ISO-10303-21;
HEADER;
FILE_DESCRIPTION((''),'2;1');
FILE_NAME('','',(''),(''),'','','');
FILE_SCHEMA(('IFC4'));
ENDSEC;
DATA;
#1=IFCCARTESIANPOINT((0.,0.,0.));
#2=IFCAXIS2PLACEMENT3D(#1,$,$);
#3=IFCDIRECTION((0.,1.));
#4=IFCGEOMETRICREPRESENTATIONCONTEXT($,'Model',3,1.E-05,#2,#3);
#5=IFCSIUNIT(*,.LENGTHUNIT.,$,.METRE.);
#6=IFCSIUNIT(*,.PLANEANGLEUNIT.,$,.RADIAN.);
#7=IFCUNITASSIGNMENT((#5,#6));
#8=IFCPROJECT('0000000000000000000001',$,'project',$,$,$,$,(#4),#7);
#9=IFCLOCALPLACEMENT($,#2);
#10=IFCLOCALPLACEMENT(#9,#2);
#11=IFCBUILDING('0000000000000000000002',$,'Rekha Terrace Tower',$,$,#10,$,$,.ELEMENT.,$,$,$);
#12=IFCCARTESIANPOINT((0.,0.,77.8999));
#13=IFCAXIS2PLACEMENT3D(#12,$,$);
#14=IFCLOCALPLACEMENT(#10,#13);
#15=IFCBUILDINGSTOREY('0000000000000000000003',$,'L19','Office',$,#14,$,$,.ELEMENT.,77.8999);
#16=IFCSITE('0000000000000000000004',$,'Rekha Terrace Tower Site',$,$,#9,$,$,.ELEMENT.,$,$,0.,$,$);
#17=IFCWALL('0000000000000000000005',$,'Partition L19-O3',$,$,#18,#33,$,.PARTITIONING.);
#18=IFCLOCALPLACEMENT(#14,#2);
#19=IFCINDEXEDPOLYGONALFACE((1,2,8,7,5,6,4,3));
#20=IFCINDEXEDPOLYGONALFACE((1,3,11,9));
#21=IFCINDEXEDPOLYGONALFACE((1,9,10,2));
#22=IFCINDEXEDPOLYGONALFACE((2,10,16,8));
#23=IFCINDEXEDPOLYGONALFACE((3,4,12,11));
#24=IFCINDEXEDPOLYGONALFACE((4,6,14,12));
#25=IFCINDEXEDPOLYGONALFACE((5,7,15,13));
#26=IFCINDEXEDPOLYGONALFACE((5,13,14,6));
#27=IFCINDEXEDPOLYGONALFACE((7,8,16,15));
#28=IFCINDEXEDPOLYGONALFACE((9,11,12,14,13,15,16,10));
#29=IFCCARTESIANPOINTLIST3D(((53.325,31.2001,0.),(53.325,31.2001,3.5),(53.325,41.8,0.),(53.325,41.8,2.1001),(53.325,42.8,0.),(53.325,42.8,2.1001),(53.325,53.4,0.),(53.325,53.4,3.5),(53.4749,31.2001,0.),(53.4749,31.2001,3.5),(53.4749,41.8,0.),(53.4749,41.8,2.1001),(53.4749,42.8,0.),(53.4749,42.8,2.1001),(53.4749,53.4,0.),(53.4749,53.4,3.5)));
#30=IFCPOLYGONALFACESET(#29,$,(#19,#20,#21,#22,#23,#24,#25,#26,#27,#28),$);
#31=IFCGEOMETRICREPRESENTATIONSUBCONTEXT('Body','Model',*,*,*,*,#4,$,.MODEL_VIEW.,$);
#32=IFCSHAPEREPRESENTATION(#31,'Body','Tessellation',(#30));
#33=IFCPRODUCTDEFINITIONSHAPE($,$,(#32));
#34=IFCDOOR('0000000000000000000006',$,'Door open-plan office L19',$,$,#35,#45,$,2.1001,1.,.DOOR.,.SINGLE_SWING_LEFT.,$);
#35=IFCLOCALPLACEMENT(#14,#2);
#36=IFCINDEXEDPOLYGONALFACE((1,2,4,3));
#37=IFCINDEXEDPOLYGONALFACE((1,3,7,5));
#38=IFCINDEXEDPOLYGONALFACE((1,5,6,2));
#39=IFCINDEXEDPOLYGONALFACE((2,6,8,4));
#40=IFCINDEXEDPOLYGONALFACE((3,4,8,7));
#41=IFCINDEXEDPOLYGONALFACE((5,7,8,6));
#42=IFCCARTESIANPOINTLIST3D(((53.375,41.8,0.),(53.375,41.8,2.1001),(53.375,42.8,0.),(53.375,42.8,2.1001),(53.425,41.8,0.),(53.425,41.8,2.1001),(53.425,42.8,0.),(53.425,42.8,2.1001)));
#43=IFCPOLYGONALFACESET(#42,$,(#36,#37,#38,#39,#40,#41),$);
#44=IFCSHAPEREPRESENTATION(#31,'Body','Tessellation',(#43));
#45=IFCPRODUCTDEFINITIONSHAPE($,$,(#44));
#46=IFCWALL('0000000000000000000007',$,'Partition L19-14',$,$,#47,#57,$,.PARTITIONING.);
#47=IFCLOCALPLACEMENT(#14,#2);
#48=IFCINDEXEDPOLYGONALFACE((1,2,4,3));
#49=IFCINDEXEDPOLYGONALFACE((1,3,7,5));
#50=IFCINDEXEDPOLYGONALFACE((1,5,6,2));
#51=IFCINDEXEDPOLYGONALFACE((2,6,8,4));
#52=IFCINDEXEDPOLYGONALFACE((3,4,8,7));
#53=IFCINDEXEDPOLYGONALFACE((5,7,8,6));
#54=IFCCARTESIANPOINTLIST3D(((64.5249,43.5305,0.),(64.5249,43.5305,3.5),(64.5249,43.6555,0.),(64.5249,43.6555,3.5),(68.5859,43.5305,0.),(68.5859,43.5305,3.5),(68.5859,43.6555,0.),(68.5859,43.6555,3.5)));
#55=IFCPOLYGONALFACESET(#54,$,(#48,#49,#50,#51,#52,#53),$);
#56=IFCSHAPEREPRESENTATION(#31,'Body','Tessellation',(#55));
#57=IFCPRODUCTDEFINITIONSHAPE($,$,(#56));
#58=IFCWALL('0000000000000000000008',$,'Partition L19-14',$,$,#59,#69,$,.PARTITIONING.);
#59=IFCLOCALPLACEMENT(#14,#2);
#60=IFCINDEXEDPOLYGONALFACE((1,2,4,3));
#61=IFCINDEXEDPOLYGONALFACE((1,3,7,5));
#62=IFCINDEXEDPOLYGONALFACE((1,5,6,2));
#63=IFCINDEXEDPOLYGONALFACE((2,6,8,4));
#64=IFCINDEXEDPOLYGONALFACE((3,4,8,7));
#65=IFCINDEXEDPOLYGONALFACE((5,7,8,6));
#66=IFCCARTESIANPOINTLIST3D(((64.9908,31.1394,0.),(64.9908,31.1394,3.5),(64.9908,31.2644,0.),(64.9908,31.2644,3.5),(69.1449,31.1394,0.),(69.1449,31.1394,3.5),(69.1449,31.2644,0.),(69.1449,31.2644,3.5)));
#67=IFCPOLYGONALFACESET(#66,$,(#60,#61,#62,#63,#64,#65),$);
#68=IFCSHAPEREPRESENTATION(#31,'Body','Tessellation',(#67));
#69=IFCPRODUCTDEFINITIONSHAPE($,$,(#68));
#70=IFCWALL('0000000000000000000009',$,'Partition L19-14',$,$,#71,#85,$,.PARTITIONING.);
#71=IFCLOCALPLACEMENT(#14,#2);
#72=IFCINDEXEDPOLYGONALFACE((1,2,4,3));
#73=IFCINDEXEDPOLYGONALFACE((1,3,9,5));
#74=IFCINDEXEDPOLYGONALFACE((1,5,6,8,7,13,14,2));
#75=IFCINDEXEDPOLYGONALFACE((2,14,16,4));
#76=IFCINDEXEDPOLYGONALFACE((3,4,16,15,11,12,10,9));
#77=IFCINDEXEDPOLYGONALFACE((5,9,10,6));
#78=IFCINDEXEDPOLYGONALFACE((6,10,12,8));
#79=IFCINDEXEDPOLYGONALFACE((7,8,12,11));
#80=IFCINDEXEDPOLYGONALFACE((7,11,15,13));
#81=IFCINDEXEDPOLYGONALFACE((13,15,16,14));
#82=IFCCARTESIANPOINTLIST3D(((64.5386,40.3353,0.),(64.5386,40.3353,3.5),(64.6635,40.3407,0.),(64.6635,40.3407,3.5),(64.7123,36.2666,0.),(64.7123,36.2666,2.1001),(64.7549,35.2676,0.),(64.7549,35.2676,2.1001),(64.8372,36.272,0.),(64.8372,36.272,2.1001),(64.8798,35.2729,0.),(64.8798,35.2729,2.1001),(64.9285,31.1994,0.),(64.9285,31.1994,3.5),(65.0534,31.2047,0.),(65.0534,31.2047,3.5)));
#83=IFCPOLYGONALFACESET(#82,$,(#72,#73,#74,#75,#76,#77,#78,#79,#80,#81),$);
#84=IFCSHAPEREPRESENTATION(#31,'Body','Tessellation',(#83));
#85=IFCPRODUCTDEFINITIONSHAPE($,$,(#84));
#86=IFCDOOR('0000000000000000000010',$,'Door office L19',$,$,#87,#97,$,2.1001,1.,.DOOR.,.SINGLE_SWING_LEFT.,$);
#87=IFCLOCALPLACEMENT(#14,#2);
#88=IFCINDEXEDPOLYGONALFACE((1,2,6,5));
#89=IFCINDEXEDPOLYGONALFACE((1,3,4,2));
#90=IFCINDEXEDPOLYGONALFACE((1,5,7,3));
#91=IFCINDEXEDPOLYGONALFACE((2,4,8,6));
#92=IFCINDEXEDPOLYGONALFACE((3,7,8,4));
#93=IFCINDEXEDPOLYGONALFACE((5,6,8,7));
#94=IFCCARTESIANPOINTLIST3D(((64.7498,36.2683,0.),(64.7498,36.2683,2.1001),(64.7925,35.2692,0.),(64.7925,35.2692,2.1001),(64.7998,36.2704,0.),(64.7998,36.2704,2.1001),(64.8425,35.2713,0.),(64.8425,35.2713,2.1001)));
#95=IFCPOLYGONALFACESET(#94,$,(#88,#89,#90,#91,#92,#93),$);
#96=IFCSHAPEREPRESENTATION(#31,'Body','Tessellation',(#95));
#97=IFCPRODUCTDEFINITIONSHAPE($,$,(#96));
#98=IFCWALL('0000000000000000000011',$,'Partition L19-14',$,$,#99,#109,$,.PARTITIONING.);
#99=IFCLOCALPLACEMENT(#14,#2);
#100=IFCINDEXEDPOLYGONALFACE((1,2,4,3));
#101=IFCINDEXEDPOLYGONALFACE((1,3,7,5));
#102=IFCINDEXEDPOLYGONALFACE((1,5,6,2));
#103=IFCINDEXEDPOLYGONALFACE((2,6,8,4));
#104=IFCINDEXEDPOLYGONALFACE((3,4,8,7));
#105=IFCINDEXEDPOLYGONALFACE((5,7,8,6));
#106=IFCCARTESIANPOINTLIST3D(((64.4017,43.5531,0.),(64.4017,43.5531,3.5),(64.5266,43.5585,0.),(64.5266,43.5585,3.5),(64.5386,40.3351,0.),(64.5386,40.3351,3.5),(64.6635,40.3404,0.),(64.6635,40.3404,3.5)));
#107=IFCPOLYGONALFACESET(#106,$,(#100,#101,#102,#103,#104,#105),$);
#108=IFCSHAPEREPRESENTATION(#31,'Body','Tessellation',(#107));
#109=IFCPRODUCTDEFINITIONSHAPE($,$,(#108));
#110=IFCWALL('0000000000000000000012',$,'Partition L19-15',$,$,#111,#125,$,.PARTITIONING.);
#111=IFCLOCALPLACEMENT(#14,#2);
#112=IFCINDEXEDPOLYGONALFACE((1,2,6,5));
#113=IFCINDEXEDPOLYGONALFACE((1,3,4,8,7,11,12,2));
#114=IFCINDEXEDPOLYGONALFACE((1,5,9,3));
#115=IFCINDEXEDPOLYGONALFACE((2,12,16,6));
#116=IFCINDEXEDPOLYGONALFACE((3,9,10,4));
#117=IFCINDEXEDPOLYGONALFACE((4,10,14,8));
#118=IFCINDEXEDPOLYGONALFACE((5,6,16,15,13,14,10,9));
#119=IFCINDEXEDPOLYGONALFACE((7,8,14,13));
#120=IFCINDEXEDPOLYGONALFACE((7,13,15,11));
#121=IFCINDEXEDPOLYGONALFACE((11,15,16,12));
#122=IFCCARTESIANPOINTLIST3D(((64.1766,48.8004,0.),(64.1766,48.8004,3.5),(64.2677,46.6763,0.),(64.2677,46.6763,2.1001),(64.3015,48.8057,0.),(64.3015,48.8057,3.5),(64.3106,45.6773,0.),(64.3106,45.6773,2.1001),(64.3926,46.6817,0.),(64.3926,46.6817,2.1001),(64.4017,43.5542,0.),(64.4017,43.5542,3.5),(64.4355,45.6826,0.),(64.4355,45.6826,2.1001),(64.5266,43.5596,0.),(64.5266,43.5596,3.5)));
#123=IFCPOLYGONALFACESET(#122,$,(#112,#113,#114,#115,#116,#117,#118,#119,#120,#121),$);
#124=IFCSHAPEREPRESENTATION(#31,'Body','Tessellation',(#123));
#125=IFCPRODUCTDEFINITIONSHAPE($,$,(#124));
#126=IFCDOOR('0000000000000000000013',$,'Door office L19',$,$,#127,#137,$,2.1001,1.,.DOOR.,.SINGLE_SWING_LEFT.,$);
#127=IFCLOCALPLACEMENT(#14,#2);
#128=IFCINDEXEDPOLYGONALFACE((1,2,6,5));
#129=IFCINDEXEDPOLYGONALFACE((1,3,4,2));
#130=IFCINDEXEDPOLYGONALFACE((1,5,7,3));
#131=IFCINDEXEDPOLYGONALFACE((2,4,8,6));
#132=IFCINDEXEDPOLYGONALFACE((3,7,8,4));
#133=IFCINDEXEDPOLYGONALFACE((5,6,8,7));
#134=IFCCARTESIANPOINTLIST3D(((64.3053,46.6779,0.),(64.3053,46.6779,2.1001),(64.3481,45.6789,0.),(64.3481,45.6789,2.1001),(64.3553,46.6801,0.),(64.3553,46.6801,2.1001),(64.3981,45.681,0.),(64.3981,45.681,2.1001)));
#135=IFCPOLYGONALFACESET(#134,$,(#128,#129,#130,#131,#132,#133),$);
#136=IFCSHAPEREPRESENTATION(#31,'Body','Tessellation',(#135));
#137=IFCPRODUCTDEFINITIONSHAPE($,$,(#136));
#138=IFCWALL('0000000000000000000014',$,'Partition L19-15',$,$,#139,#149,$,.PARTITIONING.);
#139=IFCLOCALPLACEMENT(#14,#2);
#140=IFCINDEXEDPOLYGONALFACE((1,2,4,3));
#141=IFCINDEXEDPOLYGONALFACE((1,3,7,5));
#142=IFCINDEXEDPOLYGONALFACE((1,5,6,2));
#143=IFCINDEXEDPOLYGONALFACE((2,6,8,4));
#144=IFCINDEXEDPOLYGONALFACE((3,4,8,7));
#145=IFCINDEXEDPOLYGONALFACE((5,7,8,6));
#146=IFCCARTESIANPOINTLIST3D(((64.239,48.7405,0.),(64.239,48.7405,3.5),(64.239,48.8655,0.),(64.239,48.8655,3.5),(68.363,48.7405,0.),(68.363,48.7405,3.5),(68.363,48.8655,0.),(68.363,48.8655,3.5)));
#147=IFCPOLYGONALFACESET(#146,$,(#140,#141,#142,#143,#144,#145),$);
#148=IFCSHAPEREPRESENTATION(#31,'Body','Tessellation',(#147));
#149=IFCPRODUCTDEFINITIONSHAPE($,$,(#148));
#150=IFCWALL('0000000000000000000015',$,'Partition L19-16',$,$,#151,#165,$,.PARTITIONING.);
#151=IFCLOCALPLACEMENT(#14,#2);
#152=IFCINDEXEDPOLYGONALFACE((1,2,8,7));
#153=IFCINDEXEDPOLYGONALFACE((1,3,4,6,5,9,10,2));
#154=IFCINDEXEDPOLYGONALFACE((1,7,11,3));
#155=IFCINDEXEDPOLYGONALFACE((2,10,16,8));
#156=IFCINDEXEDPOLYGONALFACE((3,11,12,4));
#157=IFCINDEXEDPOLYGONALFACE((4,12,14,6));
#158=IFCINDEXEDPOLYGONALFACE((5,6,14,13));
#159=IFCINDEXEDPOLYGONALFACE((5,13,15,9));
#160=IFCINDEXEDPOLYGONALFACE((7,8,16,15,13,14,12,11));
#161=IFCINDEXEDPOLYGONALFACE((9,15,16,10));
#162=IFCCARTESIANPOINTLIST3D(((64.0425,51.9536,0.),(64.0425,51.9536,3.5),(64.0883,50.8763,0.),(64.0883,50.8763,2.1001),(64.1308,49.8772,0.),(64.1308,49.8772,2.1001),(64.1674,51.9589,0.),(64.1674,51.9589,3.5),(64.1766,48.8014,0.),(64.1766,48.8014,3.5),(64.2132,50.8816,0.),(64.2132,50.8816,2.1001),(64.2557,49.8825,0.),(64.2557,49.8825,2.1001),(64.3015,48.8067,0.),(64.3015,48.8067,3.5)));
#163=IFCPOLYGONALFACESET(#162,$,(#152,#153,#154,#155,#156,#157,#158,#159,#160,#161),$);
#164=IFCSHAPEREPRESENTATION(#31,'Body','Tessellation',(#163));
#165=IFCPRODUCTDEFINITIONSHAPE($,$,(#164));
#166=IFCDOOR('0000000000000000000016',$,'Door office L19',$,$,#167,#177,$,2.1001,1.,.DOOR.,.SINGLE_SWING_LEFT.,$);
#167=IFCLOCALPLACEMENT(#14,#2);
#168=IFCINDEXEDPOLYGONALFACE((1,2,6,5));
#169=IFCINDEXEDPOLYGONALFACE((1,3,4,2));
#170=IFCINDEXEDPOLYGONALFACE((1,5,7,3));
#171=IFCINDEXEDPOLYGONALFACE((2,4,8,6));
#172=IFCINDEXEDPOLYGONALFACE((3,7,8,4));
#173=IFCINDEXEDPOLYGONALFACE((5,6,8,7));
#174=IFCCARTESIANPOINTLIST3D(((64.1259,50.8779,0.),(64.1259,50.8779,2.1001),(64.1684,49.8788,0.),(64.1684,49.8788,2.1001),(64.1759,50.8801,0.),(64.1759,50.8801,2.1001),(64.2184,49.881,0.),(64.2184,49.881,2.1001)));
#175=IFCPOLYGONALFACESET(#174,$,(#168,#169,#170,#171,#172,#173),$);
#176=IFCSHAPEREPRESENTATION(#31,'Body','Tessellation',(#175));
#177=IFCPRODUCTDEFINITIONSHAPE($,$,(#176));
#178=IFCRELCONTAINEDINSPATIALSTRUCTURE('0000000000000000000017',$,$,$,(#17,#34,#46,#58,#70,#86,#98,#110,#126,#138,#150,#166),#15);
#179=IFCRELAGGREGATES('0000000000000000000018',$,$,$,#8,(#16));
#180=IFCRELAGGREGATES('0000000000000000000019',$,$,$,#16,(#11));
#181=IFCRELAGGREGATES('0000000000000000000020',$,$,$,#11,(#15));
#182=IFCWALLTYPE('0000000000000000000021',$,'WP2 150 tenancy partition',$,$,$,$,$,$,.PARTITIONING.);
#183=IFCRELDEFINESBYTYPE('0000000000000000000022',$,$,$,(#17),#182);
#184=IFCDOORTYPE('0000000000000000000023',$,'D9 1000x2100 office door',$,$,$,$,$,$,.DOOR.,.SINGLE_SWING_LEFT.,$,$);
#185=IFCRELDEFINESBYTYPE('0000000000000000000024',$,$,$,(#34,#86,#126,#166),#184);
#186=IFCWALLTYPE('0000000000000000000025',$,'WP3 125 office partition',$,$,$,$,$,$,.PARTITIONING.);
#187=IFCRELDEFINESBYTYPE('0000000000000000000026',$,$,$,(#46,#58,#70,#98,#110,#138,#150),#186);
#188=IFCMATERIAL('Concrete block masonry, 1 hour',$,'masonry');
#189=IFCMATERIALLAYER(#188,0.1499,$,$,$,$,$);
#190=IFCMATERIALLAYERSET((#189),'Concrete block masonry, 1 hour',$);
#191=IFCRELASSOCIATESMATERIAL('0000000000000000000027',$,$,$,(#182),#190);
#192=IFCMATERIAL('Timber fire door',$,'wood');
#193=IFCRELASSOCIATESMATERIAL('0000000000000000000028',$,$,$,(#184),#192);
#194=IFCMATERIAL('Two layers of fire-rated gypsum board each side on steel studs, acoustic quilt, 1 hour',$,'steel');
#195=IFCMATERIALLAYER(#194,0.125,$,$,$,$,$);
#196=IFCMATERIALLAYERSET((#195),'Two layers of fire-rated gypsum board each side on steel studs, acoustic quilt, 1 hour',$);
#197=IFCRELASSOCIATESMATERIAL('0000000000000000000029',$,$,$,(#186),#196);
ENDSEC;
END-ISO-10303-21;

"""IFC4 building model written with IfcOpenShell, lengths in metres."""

from ifc_helpers import new_model, si_unit, direction, frame, frame_2d, origin, place, context, subcontext, project, spatial, rectangle, extrude, material, layer, layer_set, type_object, element, fill, save


model = new_model("IFC4")

# Units and contexts
model_context = context("Model", 3, precision=1e-05, world=origin(), true_north=direction((0.0, 1.0)))
body_context = subcontext(model_context, "Body", "Model", "MODEL_VIEW")
ifc_project = project(units=[si_unit("LENGTHUNIT", "METRE"), si_unit("PLANEANGLEUNIT", "RADIAN")], contexts=[model_context])

# Site, building, storey
site_placement = place(None, origin())
site = spatial("IfcSite", under=ifc_project, at=site_placement, Name="Rekha Terrace Tower Site", CompositionType="ELEMENT", RefElevation=0.0)
building_placement = place(site_placement, origin())
building = spatial("IfcBuilding", under=site, at=building_placement, Name="Rekha Terrace Tower", CompositionType="ELEMENT")
storey_placement = place(building_placement, frame((0.0, 0.0, 77.8999)))
storey = spatial("IfcBuildingStorey", under=building, at=storey_placement, Name="L19", Description="Office", CompositionType="ELEMENT", Elevation=77.8999)

# Shared definitions
ifc_material_1 = material(Name="Concrete block masonry, 1 hour", Category="masonry")
ifc_layer_1 = layer(ifc_material_1, 0.1499)
ifc_layer_set_1 = layer_set([ifc_layer_1], Name="Concrete block masonry, 1 hour")
wall_type_1 = type_object("IfcWallType", Name="WP2 150 tenancy partition", PredefinedType="PARTITIONING", material=ifc_layer_set_1)

# Wall, opening, door
wall_1_placement = place(storey_placement, frame((53.3999, 31.2, 0.0), z_axis=(0.0, 0.0, 1.0), x_axis=(0.0, 1.0, 0.0)))
wall_1 = element("IfcWall", 1, at=wall_1_placement, inside=storey, type_object=wall_type_1, Name="Partition L19-O3", PredefinedType="PARTITIONING", context=body_context, shape_type="SweptSolid", body=[
    extrude(rectangle(XDim=22.2, YDim=0.1499, at=frame_2d((11.1001, 0.0))), origin(), (0.0, 0.0, 1.0), 3.5),
])
opening_1_placement = place(wall_1_placement, frame((10.6001, 0.0, 0.0)))
opening_1 = element("IfcOpeningElement", 2, at=opening_1_placement, cuts=wall_1, PredefinedType="OPENING", context=body_context, shape_type="SweptSolid", body=[
    extrude(rectangle(XDim=1.0, YDim=2.1001, at=frame_2d((0.5, 1.05))), frame((0.0, 0.085, 0.0), z_axis=(0.0, -1.0, 0.0), x_axis=(1.0, 0.0, 0.0)), (0.0, 0.0, 1.0), 0.1699),
])
ifc_material_2 = material(Name="Timber fire door", Category="wood")
door_type = type_object("IfcDoorType", Name="D9 1000x2100 office door", OperationType="SINGLE_SWING_LEFT", PredefinedType="DOOR", material=ifc_material_2)
door_1_placement = place(opening_1_placement, origin())
door_1 = element("IfcDoor", 3, at=door_1_placement, inside=storey, type_object=door_type, Name="Door open-plan office L19", OperationType="SINGLE_SWING_LEFT", OverallHeight=2.1001, OverallWidth=1.0, PredefinedType="DOOR", context=body_context, shape_type="SweptSolid", body=[
    extrude(rectangle(XDim=1.0, YDim=2.1001, at=frame_2d((0.5, 1.05))), frame((0.0, 0.0249, 0.0), z_axis=(0.0, -1.0, 0.0), x_axis=(1.0, 0.0, 0.0)), (0.0, 0.0, 1.0), 0.05),
])
fill(opening_1, door_1)

# Walls
ifc_material_3 = material(Name="Two layers of fire-rated gypsum board each side on steel studs, acoustic quilt, 1 hour", Category="steel")
ifc_layer_2 = layer(ifc_material_3, 0.125)
ifc_layer_set_2 = layer_set([ifc_layer_2], Name="Two layers of fire-rated gypsum board each side on steel studs, acoustic quilt, 1 hour")
wall_type_2 = type_object("IfcWallType", Name="WP3 125 office partition", PredefinedType="PARTITIONING", material=ifc_layer_set_2)
wall_2_placement = place(storey_placement, frame((64.5249, 43.593, 0.0), z_axis=(0.0, 0.0, 1.0), x_axis=(1.0, 0.0, 0.0)))
element("IfcWall", 4, at=wall_2_placement, inside=storey, type_object=wall_type_2, Name="Partition L19-14", PredefinedType="PARTITIONING", context=body_context, shape_type="SweptSolid", body=[
    extrude(rectangle(XDim=4.061, YDim=0.125, at=frame_2d((2.0305, 0.0))), origin(), (0.0, 0.0, 1.0), 3.5),
])
wall_3_placement = place(storey_placement, frame((69.145, 31.2019, 0.0), z_axis=(0.0, 0.0, 1.0), x_axis=(-1.0, 0.0, 0.0)))
element("IfcWall", 5, at=wall_3_placement, inside=storey, type_object=wall_type_2, Name="Partition L19-14", PredefinedType="PARTITIONING", context=body_context, shape_type="SweptSolid", body=[
    extrude(rectangle(XDim=4.1541, YDim=0.125, at=frame_2d((2.0771, 0.0))), origin(), (0.0, 0.0, 1.0), 3.5),
])

# Wall, opening, door
wall_4_placement = place(storey_placement, frame((64.991, 31.2019, 0.0), z_axis=(0.0, 0.0, 1.0), x_axis=(-0.042638, 0.999091, 0.0)))
wall_4 = element("IfcWall", 6, at=wall_4_placement, inside=storey, type_object=wall_type_2, Name="Partition L19-14", PredefinedType="PARTITIONING", context=body_context, shape_type="SweptSolid", body=[
    extrude(rectangle(XDim=9.1443, YDim=0.125, at=frame_2d((4.5723, 0.0))), origin(), (0.0, 0.0, 1.0), 3.5),
])
opening_2_placement = place(wall_4_placement, frame((4.072, 0.0, 0.0)))
opening_2 = element("IfcOpeningElement", 7, at=opening_2_placement, cuts=wall_4, PredefinedType="OPENING", context=body_context, shape_type="SweptSolid", body=[
    extrude(rectangle(XDim=1.0, YDim=2.1001, at=frame_2d((0.5, 1.05))), frame((0.0, 0.0725, 0.0), z_axis=(0.0, -1.0, 0.0), x_axis=(1.0, 0.0, 0.0)), (0.0, 0.0, 1.0), 0.145),
])
door_2_placement = place(opening_2_placement, origin())
door_2 = element("IfcDoor", 8, at=door_2_placement, inside=storey, type_object=door_type, Name="Door office L19", OperationType="SINGLE_SWING_LEFT", OverallHeight=2.1001, OverallWidth=1.0, PredefinedType="DOOR", context=body_context, shape_type="SweptSolid", body=[
    extrude(rectangle(XDim=1.0, YDim=2.1001, at=frame_2d((0.5, 1.05))), frame((0.0, 0.0249, 0.0), z_axis=(0.0, -1.0, 0.0), x_axis=(1.0, 0.0, 0.0)), (0.0, 0.0, 1.0), 0.05),
])
fill(opening_2, door_2)

# Wall
wall_5_placement = place(storey_placement, frame((64.6011, 40.3379, 0.0), z_axis=(0.0, 0.0, 1.0), x_axis=(-0.042523, 0.999095, 0.0)))
element("IfcWall", 9, at=wall_5_placement, inside=storey, type_object=wall_type_2, Name="Partition L19-14", PredefinedType="PARTITIONING", context=body_context, shape_type="SweptSolid", body=[
    extrude(rectangle(XDim=3.2209, YDim=0.125, at=frame_2d((1.6104, 0.0))), origin(), (0.0, 0.0, 1.0), 3.5),
])

# Wall, opening, door
wall_6_placement = place(storey_placement, frame((64.4641, 43.5569, 0.0), z_axis=(0.0, 0.0, 1.0), x_axis=(-0.042868, 0.999081, 0.0)))
wall_6 = element("IfcWall", 10, at=wall_6_placement, inside=storey, type_object=wall_type_2, Name="Partition L19-15", PredefinedType="PARTITIONING", context=body_context, shape_type="SweptSolid", body=[
    extrude(rectangle(XDim=5.251, YDim=0.125, at=frame_2d((2.6255, 0.0))), origin(), (0.0, 0.0, 1.0), 3.5),
])
opening_3_placement = place(wall_6_placement, frame((2.125, 0.0, 0.0)))
opening_3 = element("IfcOpeningElement", 11, at=opening_3_placement, cuts=wall_6, PredefinedType="OPENING", context=body_context, shape_type="SweptSolid", body=[
    extrude(rectangle(XDim=1.0, YDim=2.1001, at=frame_2d((0.5, 1.05))), frame((0.0, 0.0725, 0.0), z_axis=(0.0, -1.0, 0.0), x_axis=(1.0, 0.0, 0.0)), (0.0, 0.0, 1.0), 0.145),
])
door_3_placement = place(opening_3_placement, origin())
door_3 = element("IfcDoor", 12, at=door_3_placement, inside=storey, type_object=door_type, Name="Door office L19", OperationType="SINGLE_SWING_LEFT", OverallHeight=2.1001, OverallWidth=1.0, PredefinedType="DOOR", context=body_context, shape_type="SweptSolid", body=[
    extrude(rectangle(XDim=1.0, YDim=2.1001, at=frame_2d((0.5, 1.05))), frame((0.0, 0.0249, 0.0), z_axis=(0.0, -1.0, 0.0), x_axis=(1.0, 0.0, 0.0)), (0.0, 0.0, 1.0), 0.05),
])
fill(opening_3, door_3)

# Wall
wall_7_placement = place(storey_placement, frame((64.239, 48.803, 0.0), z_axis=(0.0, 0.0, 1.0), x_axis=(1.0, 0.0, 0.0)))
element("IfcWall", 13, at=wall_7_placement, inside=storey, type_object=wall_type_2, Name="Partition L19-15", PredefinedType="PARTITIONING", context=body_context, shape_type="SweptSolid", body=[
    extrude(rectangle(XDim=4.124, YDim=0.125, at=frame_2d((2.062, 0.0))), origin(), (0.0, 0.0, 1.0), 3.5),
])

# Wall, opening, door
wall_8_placement = place(storey_placement, frame((64.239, 48.804, 0.0), z_axis=(0.0, 0.0, 1.0), x_axis=(-0.042483, 0.999097, 0.0)))
wall_8 = element("IfcWall", 14, at=wall_8_placement, inside=storey, type_object=wall_type_2, Name="Partition L19-16", PredefinedType="PARTITIONING", context=body_context, shape_type="SweptSolid", body=[
    extrude(rectangle(XDim=3.155, YDim=0.125, at=frame_2d((1.5776, 0.0))), origin(), (0.0, 0.0, 1.0), 3.5),
])
opening_4_placement = place(wall_8_placement, frame((1.0769, 0.0, 0.0)))
opening_4 = element("IfcOpeningElement", 15, at=opening_4_placement, cuts=wall_8, PredefinedType="OPENING", context=body_context, shape_type="SweptSolid", body=[
    extrude(rectangle(XDim=1.0, YDim=2.1001, at=frame_2d((0.5, 1.05))), frame((0.0, 0.0725, 0.0), z_axis=(0.0, -1.0, 0.0), x_axis=(1.0, 0.0, 0.0)), (0.0, 0.0, 1.0), 0.145),
])
door_4_placement = place(opening_4_placement, origin())
door_4 = element("IfcDoor", 16, at=door_4_placement, inside=storey, type_object=door_type, Name="Door office L19", OperationType="SINGLE_SWING_LEFT", OverallHeight=2.1001, OverallWidth=1.0, PredefinedType="DOOR", context=body_context, shape_type="SweptSolid", body=[
    extrude(rectangle(XDim=1.0, YDim=2.1001, at=frame_2d((0.5, 1.05))), frame((0.0, 0.0249, 0.0), z_axis=(0.0, -1.0, 0.0), x_axis=(1.0, 0.0, 0.0)), (0.0, 0.0, 1.0), 0.05),
])
fill(opening_4, door_4)

save(model, "model.ifc")
